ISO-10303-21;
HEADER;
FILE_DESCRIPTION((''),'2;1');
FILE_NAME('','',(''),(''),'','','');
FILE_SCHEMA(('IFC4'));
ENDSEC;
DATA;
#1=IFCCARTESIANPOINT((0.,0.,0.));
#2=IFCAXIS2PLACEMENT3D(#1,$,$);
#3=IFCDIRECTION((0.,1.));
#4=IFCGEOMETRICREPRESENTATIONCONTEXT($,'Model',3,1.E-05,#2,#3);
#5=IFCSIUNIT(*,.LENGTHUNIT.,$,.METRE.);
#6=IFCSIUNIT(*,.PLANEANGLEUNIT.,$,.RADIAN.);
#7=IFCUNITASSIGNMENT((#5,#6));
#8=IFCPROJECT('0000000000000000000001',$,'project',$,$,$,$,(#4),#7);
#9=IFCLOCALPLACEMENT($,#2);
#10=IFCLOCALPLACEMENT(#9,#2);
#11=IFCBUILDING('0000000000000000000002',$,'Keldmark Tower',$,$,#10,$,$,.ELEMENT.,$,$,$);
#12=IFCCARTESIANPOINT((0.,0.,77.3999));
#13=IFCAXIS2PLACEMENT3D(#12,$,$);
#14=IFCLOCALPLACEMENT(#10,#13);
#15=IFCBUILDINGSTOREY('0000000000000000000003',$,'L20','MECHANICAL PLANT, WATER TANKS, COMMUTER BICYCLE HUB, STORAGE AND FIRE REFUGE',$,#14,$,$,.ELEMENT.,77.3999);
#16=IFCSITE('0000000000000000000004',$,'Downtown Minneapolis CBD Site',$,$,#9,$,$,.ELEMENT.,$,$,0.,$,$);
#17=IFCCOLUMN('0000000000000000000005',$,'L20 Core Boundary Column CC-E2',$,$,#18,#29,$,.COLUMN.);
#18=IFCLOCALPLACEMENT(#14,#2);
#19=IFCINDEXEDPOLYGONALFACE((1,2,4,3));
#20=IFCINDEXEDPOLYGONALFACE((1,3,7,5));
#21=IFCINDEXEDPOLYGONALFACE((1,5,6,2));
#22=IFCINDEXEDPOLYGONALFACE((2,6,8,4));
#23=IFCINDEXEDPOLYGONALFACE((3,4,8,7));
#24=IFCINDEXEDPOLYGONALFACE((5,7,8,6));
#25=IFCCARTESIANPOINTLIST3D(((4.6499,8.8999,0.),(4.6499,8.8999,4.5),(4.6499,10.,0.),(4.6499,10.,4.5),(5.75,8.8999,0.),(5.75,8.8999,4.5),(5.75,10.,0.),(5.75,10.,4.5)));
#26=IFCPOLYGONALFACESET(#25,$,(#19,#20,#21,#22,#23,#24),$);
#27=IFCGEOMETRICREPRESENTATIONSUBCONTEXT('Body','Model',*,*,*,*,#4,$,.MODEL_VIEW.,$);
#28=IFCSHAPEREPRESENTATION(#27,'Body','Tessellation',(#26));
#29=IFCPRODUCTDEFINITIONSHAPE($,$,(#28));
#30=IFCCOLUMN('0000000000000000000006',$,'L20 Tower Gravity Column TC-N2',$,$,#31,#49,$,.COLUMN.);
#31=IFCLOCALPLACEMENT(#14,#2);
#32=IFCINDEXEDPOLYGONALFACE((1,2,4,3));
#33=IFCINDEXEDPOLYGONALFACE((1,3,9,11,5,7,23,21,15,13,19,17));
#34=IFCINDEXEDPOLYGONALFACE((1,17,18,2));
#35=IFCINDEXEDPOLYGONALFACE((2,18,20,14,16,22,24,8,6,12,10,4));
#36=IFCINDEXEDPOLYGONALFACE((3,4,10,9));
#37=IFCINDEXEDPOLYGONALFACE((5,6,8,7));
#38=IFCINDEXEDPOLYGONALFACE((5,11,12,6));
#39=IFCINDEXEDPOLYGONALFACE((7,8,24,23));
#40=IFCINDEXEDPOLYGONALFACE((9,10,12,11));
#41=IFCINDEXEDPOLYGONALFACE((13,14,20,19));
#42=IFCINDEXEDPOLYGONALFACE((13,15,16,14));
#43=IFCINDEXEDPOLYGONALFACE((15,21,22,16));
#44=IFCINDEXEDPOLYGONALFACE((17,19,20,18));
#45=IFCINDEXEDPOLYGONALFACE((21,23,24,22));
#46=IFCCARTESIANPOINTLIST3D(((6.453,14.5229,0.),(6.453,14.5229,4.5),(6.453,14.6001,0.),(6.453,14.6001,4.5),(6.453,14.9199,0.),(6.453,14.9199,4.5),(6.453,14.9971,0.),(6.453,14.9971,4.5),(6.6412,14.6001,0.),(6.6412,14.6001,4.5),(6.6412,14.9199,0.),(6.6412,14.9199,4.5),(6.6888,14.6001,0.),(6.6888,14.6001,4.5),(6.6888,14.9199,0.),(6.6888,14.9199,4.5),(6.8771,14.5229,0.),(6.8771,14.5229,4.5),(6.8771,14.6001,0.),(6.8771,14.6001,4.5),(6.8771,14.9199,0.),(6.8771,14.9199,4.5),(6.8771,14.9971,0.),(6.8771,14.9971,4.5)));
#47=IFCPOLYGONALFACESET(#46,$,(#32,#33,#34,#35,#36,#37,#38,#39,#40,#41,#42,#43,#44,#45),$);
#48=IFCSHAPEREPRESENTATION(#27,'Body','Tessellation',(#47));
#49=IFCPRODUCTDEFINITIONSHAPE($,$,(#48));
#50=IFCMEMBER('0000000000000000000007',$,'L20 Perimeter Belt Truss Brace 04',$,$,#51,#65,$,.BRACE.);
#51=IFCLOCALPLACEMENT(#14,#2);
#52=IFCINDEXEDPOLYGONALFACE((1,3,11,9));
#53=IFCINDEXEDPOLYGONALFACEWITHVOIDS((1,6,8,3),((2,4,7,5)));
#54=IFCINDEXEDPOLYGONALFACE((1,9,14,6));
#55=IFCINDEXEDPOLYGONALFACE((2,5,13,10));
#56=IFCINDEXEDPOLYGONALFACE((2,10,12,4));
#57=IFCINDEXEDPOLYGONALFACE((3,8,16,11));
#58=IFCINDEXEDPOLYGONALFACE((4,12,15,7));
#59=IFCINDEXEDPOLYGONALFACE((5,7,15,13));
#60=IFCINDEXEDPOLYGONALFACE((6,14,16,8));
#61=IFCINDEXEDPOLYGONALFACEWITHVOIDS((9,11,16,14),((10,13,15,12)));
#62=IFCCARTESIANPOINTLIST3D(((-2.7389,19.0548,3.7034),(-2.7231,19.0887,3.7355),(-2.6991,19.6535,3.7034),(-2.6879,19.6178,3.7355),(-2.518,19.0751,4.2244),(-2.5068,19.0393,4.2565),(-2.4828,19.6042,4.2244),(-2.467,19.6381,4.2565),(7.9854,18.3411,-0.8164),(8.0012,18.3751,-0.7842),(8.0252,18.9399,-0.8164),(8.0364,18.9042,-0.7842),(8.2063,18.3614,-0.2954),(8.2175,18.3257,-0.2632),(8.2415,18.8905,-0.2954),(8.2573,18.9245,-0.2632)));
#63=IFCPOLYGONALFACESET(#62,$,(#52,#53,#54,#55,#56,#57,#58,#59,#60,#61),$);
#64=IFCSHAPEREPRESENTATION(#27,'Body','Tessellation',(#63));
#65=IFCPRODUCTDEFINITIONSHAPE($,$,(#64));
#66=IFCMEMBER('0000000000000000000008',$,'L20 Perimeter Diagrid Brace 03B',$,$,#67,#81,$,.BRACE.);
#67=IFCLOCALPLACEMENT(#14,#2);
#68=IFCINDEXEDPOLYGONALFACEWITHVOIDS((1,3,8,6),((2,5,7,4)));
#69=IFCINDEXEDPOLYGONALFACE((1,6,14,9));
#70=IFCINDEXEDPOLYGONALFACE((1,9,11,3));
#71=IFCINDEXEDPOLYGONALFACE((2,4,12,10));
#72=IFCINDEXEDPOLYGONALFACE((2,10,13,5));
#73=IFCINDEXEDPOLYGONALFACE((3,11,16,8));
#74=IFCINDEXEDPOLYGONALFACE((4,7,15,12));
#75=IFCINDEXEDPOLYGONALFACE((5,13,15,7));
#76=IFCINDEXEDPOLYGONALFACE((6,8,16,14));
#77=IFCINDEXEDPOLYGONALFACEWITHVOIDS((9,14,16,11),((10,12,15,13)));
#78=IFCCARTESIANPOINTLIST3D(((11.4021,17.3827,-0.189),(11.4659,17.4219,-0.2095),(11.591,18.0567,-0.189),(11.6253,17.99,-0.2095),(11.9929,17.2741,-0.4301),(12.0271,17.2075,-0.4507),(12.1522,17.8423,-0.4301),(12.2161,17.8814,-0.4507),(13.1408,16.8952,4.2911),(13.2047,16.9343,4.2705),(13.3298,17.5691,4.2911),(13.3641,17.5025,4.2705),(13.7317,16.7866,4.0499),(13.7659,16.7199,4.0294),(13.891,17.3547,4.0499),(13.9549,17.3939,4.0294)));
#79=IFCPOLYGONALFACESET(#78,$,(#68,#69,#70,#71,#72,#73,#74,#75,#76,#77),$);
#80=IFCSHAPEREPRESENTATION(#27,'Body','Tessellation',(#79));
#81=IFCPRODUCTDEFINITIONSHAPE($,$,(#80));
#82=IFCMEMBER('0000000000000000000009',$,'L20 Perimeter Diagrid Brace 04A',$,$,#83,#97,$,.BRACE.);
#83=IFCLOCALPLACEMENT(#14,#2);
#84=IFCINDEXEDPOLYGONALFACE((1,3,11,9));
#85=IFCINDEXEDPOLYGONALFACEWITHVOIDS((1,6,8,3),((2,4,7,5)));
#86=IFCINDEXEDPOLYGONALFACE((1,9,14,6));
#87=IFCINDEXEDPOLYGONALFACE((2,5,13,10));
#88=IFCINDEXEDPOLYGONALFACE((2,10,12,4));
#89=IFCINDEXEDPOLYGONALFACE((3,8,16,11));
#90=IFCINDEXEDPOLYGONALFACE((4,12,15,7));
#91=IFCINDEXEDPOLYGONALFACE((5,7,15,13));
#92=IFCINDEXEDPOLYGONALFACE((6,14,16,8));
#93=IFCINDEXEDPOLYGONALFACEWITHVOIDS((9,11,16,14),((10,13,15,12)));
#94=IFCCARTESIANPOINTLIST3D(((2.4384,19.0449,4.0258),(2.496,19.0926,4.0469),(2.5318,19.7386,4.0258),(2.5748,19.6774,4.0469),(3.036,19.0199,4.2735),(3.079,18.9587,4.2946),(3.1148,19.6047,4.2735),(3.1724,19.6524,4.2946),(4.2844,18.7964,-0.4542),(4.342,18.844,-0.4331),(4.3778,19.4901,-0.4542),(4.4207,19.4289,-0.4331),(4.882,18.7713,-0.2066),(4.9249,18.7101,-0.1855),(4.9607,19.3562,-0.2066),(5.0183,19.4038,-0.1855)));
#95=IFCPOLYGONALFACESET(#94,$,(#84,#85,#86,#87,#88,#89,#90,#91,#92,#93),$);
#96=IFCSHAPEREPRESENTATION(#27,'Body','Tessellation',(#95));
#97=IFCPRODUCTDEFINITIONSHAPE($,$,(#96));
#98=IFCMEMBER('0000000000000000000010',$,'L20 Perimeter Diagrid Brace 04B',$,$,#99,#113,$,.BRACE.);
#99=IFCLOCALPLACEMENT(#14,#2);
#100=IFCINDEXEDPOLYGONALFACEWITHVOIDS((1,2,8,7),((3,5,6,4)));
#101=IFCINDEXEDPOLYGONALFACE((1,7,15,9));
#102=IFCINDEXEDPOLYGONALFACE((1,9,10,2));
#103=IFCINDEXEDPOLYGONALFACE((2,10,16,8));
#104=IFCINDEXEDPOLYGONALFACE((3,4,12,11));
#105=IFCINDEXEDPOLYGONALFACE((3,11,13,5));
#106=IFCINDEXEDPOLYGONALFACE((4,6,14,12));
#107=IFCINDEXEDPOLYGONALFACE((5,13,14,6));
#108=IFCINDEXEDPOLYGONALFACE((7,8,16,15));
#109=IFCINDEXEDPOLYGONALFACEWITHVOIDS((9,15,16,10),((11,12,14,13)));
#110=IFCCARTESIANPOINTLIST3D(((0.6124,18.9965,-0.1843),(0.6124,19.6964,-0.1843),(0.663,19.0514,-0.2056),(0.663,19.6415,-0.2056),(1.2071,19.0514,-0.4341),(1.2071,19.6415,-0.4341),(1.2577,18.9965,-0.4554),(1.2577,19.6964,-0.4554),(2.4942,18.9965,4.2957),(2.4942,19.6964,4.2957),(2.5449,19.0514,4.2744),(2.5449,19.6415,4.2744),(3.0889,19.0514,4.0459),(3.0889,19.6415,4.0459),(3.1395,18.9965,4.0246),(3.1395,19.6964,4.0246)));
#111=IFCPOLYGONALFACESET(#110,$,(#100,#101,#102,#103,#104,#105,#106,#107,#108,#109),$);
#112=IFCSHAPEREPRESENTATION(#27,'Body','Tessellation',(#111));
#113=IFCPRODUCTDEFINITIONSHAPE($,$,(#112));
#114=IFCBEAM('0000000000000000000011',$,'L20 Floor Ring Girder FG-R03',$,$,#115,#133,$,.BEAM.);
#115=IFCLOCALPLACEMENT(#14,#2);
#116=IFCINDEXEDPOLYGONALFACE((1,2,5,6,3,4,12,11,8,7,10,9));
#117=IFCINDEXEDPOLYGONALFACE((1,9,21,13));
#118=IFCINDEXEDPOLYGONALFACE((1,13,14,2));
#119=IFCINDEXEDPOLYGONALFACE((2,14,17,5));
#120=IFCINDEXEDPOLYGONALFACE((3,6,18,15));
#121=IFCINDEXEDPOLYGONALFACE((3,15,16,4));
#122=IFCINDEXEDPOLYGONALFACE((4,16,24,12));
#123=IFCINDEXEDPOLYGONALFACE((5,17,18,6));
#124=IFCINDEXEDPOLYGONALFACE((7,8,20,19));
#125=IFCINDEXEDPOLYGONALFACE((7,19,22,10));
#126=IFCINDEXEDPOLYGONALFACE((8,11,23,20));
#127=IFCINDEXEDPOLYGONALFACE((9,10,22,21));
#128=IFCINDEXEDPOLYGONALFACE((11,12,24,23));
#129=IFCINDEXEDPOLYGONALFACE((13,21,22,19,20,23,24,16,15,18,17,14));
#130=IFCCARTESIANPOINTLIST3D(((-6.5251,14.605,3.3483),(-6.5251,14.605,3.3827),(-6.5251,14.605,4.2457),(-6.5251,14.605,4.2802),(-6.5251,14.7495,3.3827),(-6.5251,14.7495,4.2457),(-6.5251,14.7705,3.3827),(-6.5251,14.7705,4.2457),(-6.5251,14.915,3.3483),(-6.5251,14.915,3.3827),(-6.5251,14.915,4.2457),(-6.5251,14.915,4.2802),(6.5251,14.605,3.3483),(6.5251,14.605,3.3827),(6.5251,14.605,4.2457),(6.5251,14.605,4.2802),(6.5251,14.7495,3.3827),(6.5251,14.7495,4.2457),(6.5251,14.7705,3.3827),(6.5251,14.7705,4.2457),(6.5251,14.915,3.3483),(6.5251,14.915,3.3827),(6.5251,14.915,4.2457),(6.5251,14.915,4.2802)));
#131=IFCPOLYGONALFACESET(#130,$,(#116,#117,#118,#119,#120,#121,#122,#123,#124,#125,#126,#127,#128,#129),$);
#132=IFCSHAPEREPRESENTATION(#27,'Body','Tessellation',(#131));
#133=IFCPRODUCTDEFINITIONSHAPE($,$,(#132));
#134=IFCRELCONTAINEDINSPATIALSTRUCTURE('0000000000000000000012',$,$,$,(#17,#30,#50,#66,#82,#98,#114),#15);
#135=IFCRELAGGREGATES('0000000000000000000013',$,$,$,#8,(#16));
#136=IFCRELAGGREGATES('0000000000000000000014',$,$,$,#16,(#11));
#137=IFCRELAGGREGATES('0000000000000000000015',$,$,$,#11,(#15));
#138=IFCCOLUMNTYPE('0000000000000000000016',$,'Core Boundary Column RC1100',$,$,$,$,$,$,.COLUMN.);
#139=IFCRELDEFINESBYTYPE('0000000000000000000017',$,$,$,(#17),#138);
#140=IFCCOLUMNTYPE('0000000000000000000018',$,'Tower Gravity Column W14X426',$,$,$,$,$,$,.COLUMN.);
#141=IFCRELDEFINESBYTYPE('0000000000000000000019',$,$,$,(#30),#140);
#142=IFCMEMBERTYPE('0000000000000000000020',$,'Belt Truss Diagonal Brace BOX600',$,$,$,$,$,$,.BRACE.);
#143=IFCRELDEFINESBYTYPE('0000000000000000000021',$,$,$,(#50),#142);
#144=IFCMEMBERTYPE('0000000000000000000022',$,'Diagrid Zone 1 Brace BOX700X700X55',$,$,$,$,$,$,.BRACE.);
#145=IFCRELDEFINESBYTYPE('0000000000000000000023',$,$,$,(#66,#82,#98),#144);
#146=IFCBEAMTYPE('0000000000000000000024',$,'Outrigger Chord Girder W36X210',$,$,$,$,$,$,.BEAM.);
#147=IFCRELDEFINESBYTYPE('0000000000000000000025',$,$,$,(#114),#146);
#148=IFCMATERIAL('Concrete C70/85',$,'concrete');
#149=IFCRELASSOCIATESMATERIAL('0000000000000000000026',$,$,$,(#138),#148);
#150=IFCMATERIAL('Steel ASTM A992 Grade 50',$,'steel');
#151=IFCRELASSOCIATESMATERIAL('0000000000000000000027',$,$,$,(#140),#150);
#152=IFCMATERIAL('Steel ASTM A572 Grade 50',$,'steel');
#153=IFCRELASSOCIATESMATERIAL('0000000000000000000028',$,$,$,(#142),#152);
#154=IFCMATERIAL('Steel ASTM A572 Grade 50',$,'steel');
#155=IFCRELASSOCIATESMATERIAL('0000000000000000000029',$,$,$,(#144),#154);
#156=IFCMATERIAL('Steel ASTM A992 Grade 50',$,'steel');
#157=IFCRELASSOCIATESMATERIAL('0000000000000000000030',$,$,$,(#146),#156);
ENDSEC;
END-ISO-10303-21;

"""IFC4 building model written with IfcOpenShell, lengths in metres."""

from ifc_helpers import new_model, si_unit, direction, frame, origin, origin_2d, place, context, subcontext, project, spatial, rectangle, hollow_rectangle, i_section, extrude, material, material_profile, profile_set, type_object, element, save


model = new_model("IFC4")

# Units and contexts
model_context = context("Model", 3, precision=1e-05, world=origin(), true_north=direction((0.0, 1.0)))
body_context = subcontext(model_context, "Body", "Model", "MODEL_VIEW")
ifc_project = project(units=[si_unit("LENGTHUNIT", "METRE"), si_unit("PLANEANGLEUNIT", "RADIAN")], contexts=[model_context])

# Site, building, storey
site_placement = place(None, origin())
site = spatial("IfcSite", under=ifc_project, at=site_placement, Name="Downtown Minneapolis CBD Site", CompositionType="ELEMENT", RefElevation=0.0)
building_placement = place(site_placement, origin())
building = spatial("IfcBuilding", under=site, at=building_placement, Name="Keldmark Tower", CompositionType="ELEMENT")
storey_placement = place(building_placement, frame((0.0, 0.0, 77.3999)))
storey = spatial("IfcBuildingStorey", under=building, at=storey_placement, Name="L20", Description="MECHANICAL PLANT, WATER TANKS, COMMUTER BICYCLE HUB, STORAGE AND FIRE REFUGE", CompositionType="ELEMENT", Elevation=77.3999)

# Columns
ifc_material_1 = material(Name="Concrete C70/85", Category="concrete")
ifc_material_profile_1 = material_profile(ifc_material_1, rectangle(XDim=1.1001, YDim=1.1001, at=origin_2d()), Name="RC1100X1100")
ifc_profile_set_1 = profile_set([ifc_material_profile_1], Name="Concrete C70/85")
column_type_1 = type_object("IfcColumnType", Name="Core Boundary Column RC1100", PredefinedType="COLUMN", material=ifc_profile_set_1)
column_1_placement = place(storey_placement, frame((5.2, 9.45, 0.0), z_axis=(0.0, 0.0, 1.0), x_axis=(1.0, 0.0, 0.0)))
element("IfcColumn", 1, at=column_1_placement, inside=storey, type_object=column_type_1, Name="L20 Core Boundary Column CC-E2", PredefinedType="COLUMN", context=body_context, shape_type="SweptSolid", body=[
    extrude(rectangle(XDim=1.1001, YDim=1.1001, at=origin_2d()), origin(), (0.0, 0.0, 1.0), 4.5),
])
ifc_material_2 = material(Name="Steel ASTM A992 Grade 50", Category="steel")
ifc_material_profile_2 = material_profile(ifc_material_2, i_section(OverallWidth=0.4241, OverallDepth=0.4741, WebThickness=0.0476, FlangeThickness=0.0771, at=origin_2d()), Name="W14X426")
ifc_profile_set_2 = profile_set([ifc_material_profile_2], Name="Steel ASTM A992 Grade 50")
column_type_2 = type_object("IfcColumnType", Name="Tower Gravity Column W14X426", PredefinedType="COLUMN", material=ifc_profile_set_2)
column_2_placement = place(storey_placement, frame((6.665, 14.76, 0.0), z_axis=(0.0, 0.0, 1.0), x_axis=(1.0, 0.0, 0.0)))
element("IfcColumn", 2, at=column_2_placement, inside=storey, type_object=column_type_2, Name="L20 Tower Gravity Column TC-N2", PredefinedType="COLUMN", context=body_context, shape_type="SweptSolid", body=[
    extrude(i_section(OverallWidth=0.4241, OverallDepth=0.4741, WebThickness=0.0476, FlangeThickness=0.0771, at=origin_2d()), origin(), (0.0, 0.0, 1.0), 4.5),
])

# Members
ifc_material_3 = material(Name="Steel ASTM A572 Grade 50", Category="steel")
ifc_material_profile_3 = material_profile(ifc_material_3, hollow_rectangle(XDim=0.6001, YDim=0.6001, WallThickness=0.0349, at=origin_2d()), Name="BOX600X600X35")
ifc_profile_set_3 = profile_set([ifc_material_profile_3], Name="Steel ASTM A572 Grade 50")
member_type_1 = type_object("IfcMemberType", Name="Belt Truss Diagonal Brace BOX600", PredefinedType="BRACE", material=ifc_profile_set_3)
member_1_placement = place(storey_placement, frame((8.1213, 18.6328, -0.5398), z_axis=(-0.919777, 0.061204, 0.387639), x_axis=(-0.066395, -0.997793, 0.0)))
element("IfcMember", 3, at=member_1_placement, inside=storey, type_object=member_type_1, Name="L20 Perimeter Belt Truss Brace 04", PredefinedType="BRACE", context=body_context, shape_type="SweptSolid", body=[
    extrude(hollow_rectangle(XDim=0.6001, YDim=0.6001, WallThickness=0.0349, at=origin_2d()), origin(), (0.0, 0.0, 1.0), 11.6597),
])
ifc_material_4 = material(Name="Steel ASTM A572 Grade 50", Category="steel")
ifc_material_profile_4 = material_profile(ifc_material_4, hollow_rectangle(XDim=0.7, YDim=0.7, WallThickness=0.0549, at=origin_2d()), Name="BOX700X700X55")
ifc_profile_set_4 = profile_set([ifc_material_profile_4], Name="Steel ASTM A572 Grade 50")
member_type_2 = type_object("IfcMemberType", Name="Diagrid Zone 1 Brace BOX700X700X55", PredefinedType="BRACE", material=ifc_profile_set_4)
member_2_placement = place(storey_placement, frame((11.8091, 17.6321, -0.3198), z_axis=(0.359976, -0.100937, 0.927486), x_axis=(0.269986, 0.962864, 0.0)))
element("IfcMember", 4, at=member_2_placement, inside=storey, type_object=member_type_2, Name="L20 Perimeter Diagrid Brace 03B", PredefinedType="BRACE", context=body_context, shape_type="SweptSolid", body=[
    extrude(hollow_rectangle(XDim=0.7, YDim=0.7, WallThickness=0.0549, at=origin_2d()), origin(), (0.0, 0.0, 1.0), 4.8303),
])
member_3_placement = place(storey_placement, frame((4.6514, 19.1001, -0.3198), z_axis=(-0.38047, 0.051226, 0.923373), x_axis=(-0.133434, -0.991058, 0.0)))
element("IfcMember", 5, at=member_3_placement, inside=storey, type_object=member_type_2, Name="L20 Perimeter Diagrid Brace 04A", PredefinedType="BRACE", context=body_context, shape_type="SweptSolid", body=[
    extrude(hollow_rectangle(XDim=0.7, YDim=0.7, WallThickness=0.0549, at=origin_2d()), origin(), (0.0, 0.0, 1.0), 4.8518),
])
member_4_placement = place(storey_placement, frame((0.9351, 19.3464, -0.3198), z_axis=(0.387275, 0.0, 0.921964), x_axis=(0.0, 1.0, 0.0)))
element("IfcMember", 6, at=member_4_placement, inside=storey, type_object=member_type_2, Name="L20 Perimeter Diagrid Brace 04B", PredefinedType="BRACE", context=body_context, shape_type="SweptSolid", body=[
    extrude(hollow_rectangle(XDim=0.7, YDim=0.7, WallThickness=0.0549, at=origin_2d()), origin(), (0.0, 0.0, 1.0), 4.8591),
])

# Beam
ifc_material_5 = material(Name="Steel ASTM A992 Grade 50", Category="steel")
ifc_material_profile_5 = material_profile(ifc_material_5, i_section(OverallWidth=0.3101, OverallDepth=0.9319, WebThickness=0.021, FlangeThickness=0.0344, at=origin_2d()), Name="W36X210")
ifc_profile_set_5 = profile_set([ifc_material_profile_5], Name="Steel ASTM A992 Grade 50")
beam_type_1 = type_object("IfcBeamType", Name="Outrigger Chord Girder W36X210", PredefinedType="BEAM", material=ifc_profile_set_5)
beam_1_placement = place(storey_placement, frame((6.5251, 14.76, 3.8142), z_axis=(-1.0, 0.0, 0.0), x_axis=(0.0, -1.0, 0.0)))
element("IfcBeam", 7, at=beam_1_placement, inside=storey, type_object=beam_type_1, Name="L20 Floor Ring Girder FG-R03", PredefinedType="BEAM", context=body_context, shape_type="SweptSolid", body=[
    extrude(i_section(OverallWidth=0.3101, OverallDepth=0.9319, WebThickness=0.021, FlangeThickness=0.0344, at=origin_2d()), origin(), (0.0, 0.0, 1.0), 13.0503),
])

save(model, "model.ifc")
